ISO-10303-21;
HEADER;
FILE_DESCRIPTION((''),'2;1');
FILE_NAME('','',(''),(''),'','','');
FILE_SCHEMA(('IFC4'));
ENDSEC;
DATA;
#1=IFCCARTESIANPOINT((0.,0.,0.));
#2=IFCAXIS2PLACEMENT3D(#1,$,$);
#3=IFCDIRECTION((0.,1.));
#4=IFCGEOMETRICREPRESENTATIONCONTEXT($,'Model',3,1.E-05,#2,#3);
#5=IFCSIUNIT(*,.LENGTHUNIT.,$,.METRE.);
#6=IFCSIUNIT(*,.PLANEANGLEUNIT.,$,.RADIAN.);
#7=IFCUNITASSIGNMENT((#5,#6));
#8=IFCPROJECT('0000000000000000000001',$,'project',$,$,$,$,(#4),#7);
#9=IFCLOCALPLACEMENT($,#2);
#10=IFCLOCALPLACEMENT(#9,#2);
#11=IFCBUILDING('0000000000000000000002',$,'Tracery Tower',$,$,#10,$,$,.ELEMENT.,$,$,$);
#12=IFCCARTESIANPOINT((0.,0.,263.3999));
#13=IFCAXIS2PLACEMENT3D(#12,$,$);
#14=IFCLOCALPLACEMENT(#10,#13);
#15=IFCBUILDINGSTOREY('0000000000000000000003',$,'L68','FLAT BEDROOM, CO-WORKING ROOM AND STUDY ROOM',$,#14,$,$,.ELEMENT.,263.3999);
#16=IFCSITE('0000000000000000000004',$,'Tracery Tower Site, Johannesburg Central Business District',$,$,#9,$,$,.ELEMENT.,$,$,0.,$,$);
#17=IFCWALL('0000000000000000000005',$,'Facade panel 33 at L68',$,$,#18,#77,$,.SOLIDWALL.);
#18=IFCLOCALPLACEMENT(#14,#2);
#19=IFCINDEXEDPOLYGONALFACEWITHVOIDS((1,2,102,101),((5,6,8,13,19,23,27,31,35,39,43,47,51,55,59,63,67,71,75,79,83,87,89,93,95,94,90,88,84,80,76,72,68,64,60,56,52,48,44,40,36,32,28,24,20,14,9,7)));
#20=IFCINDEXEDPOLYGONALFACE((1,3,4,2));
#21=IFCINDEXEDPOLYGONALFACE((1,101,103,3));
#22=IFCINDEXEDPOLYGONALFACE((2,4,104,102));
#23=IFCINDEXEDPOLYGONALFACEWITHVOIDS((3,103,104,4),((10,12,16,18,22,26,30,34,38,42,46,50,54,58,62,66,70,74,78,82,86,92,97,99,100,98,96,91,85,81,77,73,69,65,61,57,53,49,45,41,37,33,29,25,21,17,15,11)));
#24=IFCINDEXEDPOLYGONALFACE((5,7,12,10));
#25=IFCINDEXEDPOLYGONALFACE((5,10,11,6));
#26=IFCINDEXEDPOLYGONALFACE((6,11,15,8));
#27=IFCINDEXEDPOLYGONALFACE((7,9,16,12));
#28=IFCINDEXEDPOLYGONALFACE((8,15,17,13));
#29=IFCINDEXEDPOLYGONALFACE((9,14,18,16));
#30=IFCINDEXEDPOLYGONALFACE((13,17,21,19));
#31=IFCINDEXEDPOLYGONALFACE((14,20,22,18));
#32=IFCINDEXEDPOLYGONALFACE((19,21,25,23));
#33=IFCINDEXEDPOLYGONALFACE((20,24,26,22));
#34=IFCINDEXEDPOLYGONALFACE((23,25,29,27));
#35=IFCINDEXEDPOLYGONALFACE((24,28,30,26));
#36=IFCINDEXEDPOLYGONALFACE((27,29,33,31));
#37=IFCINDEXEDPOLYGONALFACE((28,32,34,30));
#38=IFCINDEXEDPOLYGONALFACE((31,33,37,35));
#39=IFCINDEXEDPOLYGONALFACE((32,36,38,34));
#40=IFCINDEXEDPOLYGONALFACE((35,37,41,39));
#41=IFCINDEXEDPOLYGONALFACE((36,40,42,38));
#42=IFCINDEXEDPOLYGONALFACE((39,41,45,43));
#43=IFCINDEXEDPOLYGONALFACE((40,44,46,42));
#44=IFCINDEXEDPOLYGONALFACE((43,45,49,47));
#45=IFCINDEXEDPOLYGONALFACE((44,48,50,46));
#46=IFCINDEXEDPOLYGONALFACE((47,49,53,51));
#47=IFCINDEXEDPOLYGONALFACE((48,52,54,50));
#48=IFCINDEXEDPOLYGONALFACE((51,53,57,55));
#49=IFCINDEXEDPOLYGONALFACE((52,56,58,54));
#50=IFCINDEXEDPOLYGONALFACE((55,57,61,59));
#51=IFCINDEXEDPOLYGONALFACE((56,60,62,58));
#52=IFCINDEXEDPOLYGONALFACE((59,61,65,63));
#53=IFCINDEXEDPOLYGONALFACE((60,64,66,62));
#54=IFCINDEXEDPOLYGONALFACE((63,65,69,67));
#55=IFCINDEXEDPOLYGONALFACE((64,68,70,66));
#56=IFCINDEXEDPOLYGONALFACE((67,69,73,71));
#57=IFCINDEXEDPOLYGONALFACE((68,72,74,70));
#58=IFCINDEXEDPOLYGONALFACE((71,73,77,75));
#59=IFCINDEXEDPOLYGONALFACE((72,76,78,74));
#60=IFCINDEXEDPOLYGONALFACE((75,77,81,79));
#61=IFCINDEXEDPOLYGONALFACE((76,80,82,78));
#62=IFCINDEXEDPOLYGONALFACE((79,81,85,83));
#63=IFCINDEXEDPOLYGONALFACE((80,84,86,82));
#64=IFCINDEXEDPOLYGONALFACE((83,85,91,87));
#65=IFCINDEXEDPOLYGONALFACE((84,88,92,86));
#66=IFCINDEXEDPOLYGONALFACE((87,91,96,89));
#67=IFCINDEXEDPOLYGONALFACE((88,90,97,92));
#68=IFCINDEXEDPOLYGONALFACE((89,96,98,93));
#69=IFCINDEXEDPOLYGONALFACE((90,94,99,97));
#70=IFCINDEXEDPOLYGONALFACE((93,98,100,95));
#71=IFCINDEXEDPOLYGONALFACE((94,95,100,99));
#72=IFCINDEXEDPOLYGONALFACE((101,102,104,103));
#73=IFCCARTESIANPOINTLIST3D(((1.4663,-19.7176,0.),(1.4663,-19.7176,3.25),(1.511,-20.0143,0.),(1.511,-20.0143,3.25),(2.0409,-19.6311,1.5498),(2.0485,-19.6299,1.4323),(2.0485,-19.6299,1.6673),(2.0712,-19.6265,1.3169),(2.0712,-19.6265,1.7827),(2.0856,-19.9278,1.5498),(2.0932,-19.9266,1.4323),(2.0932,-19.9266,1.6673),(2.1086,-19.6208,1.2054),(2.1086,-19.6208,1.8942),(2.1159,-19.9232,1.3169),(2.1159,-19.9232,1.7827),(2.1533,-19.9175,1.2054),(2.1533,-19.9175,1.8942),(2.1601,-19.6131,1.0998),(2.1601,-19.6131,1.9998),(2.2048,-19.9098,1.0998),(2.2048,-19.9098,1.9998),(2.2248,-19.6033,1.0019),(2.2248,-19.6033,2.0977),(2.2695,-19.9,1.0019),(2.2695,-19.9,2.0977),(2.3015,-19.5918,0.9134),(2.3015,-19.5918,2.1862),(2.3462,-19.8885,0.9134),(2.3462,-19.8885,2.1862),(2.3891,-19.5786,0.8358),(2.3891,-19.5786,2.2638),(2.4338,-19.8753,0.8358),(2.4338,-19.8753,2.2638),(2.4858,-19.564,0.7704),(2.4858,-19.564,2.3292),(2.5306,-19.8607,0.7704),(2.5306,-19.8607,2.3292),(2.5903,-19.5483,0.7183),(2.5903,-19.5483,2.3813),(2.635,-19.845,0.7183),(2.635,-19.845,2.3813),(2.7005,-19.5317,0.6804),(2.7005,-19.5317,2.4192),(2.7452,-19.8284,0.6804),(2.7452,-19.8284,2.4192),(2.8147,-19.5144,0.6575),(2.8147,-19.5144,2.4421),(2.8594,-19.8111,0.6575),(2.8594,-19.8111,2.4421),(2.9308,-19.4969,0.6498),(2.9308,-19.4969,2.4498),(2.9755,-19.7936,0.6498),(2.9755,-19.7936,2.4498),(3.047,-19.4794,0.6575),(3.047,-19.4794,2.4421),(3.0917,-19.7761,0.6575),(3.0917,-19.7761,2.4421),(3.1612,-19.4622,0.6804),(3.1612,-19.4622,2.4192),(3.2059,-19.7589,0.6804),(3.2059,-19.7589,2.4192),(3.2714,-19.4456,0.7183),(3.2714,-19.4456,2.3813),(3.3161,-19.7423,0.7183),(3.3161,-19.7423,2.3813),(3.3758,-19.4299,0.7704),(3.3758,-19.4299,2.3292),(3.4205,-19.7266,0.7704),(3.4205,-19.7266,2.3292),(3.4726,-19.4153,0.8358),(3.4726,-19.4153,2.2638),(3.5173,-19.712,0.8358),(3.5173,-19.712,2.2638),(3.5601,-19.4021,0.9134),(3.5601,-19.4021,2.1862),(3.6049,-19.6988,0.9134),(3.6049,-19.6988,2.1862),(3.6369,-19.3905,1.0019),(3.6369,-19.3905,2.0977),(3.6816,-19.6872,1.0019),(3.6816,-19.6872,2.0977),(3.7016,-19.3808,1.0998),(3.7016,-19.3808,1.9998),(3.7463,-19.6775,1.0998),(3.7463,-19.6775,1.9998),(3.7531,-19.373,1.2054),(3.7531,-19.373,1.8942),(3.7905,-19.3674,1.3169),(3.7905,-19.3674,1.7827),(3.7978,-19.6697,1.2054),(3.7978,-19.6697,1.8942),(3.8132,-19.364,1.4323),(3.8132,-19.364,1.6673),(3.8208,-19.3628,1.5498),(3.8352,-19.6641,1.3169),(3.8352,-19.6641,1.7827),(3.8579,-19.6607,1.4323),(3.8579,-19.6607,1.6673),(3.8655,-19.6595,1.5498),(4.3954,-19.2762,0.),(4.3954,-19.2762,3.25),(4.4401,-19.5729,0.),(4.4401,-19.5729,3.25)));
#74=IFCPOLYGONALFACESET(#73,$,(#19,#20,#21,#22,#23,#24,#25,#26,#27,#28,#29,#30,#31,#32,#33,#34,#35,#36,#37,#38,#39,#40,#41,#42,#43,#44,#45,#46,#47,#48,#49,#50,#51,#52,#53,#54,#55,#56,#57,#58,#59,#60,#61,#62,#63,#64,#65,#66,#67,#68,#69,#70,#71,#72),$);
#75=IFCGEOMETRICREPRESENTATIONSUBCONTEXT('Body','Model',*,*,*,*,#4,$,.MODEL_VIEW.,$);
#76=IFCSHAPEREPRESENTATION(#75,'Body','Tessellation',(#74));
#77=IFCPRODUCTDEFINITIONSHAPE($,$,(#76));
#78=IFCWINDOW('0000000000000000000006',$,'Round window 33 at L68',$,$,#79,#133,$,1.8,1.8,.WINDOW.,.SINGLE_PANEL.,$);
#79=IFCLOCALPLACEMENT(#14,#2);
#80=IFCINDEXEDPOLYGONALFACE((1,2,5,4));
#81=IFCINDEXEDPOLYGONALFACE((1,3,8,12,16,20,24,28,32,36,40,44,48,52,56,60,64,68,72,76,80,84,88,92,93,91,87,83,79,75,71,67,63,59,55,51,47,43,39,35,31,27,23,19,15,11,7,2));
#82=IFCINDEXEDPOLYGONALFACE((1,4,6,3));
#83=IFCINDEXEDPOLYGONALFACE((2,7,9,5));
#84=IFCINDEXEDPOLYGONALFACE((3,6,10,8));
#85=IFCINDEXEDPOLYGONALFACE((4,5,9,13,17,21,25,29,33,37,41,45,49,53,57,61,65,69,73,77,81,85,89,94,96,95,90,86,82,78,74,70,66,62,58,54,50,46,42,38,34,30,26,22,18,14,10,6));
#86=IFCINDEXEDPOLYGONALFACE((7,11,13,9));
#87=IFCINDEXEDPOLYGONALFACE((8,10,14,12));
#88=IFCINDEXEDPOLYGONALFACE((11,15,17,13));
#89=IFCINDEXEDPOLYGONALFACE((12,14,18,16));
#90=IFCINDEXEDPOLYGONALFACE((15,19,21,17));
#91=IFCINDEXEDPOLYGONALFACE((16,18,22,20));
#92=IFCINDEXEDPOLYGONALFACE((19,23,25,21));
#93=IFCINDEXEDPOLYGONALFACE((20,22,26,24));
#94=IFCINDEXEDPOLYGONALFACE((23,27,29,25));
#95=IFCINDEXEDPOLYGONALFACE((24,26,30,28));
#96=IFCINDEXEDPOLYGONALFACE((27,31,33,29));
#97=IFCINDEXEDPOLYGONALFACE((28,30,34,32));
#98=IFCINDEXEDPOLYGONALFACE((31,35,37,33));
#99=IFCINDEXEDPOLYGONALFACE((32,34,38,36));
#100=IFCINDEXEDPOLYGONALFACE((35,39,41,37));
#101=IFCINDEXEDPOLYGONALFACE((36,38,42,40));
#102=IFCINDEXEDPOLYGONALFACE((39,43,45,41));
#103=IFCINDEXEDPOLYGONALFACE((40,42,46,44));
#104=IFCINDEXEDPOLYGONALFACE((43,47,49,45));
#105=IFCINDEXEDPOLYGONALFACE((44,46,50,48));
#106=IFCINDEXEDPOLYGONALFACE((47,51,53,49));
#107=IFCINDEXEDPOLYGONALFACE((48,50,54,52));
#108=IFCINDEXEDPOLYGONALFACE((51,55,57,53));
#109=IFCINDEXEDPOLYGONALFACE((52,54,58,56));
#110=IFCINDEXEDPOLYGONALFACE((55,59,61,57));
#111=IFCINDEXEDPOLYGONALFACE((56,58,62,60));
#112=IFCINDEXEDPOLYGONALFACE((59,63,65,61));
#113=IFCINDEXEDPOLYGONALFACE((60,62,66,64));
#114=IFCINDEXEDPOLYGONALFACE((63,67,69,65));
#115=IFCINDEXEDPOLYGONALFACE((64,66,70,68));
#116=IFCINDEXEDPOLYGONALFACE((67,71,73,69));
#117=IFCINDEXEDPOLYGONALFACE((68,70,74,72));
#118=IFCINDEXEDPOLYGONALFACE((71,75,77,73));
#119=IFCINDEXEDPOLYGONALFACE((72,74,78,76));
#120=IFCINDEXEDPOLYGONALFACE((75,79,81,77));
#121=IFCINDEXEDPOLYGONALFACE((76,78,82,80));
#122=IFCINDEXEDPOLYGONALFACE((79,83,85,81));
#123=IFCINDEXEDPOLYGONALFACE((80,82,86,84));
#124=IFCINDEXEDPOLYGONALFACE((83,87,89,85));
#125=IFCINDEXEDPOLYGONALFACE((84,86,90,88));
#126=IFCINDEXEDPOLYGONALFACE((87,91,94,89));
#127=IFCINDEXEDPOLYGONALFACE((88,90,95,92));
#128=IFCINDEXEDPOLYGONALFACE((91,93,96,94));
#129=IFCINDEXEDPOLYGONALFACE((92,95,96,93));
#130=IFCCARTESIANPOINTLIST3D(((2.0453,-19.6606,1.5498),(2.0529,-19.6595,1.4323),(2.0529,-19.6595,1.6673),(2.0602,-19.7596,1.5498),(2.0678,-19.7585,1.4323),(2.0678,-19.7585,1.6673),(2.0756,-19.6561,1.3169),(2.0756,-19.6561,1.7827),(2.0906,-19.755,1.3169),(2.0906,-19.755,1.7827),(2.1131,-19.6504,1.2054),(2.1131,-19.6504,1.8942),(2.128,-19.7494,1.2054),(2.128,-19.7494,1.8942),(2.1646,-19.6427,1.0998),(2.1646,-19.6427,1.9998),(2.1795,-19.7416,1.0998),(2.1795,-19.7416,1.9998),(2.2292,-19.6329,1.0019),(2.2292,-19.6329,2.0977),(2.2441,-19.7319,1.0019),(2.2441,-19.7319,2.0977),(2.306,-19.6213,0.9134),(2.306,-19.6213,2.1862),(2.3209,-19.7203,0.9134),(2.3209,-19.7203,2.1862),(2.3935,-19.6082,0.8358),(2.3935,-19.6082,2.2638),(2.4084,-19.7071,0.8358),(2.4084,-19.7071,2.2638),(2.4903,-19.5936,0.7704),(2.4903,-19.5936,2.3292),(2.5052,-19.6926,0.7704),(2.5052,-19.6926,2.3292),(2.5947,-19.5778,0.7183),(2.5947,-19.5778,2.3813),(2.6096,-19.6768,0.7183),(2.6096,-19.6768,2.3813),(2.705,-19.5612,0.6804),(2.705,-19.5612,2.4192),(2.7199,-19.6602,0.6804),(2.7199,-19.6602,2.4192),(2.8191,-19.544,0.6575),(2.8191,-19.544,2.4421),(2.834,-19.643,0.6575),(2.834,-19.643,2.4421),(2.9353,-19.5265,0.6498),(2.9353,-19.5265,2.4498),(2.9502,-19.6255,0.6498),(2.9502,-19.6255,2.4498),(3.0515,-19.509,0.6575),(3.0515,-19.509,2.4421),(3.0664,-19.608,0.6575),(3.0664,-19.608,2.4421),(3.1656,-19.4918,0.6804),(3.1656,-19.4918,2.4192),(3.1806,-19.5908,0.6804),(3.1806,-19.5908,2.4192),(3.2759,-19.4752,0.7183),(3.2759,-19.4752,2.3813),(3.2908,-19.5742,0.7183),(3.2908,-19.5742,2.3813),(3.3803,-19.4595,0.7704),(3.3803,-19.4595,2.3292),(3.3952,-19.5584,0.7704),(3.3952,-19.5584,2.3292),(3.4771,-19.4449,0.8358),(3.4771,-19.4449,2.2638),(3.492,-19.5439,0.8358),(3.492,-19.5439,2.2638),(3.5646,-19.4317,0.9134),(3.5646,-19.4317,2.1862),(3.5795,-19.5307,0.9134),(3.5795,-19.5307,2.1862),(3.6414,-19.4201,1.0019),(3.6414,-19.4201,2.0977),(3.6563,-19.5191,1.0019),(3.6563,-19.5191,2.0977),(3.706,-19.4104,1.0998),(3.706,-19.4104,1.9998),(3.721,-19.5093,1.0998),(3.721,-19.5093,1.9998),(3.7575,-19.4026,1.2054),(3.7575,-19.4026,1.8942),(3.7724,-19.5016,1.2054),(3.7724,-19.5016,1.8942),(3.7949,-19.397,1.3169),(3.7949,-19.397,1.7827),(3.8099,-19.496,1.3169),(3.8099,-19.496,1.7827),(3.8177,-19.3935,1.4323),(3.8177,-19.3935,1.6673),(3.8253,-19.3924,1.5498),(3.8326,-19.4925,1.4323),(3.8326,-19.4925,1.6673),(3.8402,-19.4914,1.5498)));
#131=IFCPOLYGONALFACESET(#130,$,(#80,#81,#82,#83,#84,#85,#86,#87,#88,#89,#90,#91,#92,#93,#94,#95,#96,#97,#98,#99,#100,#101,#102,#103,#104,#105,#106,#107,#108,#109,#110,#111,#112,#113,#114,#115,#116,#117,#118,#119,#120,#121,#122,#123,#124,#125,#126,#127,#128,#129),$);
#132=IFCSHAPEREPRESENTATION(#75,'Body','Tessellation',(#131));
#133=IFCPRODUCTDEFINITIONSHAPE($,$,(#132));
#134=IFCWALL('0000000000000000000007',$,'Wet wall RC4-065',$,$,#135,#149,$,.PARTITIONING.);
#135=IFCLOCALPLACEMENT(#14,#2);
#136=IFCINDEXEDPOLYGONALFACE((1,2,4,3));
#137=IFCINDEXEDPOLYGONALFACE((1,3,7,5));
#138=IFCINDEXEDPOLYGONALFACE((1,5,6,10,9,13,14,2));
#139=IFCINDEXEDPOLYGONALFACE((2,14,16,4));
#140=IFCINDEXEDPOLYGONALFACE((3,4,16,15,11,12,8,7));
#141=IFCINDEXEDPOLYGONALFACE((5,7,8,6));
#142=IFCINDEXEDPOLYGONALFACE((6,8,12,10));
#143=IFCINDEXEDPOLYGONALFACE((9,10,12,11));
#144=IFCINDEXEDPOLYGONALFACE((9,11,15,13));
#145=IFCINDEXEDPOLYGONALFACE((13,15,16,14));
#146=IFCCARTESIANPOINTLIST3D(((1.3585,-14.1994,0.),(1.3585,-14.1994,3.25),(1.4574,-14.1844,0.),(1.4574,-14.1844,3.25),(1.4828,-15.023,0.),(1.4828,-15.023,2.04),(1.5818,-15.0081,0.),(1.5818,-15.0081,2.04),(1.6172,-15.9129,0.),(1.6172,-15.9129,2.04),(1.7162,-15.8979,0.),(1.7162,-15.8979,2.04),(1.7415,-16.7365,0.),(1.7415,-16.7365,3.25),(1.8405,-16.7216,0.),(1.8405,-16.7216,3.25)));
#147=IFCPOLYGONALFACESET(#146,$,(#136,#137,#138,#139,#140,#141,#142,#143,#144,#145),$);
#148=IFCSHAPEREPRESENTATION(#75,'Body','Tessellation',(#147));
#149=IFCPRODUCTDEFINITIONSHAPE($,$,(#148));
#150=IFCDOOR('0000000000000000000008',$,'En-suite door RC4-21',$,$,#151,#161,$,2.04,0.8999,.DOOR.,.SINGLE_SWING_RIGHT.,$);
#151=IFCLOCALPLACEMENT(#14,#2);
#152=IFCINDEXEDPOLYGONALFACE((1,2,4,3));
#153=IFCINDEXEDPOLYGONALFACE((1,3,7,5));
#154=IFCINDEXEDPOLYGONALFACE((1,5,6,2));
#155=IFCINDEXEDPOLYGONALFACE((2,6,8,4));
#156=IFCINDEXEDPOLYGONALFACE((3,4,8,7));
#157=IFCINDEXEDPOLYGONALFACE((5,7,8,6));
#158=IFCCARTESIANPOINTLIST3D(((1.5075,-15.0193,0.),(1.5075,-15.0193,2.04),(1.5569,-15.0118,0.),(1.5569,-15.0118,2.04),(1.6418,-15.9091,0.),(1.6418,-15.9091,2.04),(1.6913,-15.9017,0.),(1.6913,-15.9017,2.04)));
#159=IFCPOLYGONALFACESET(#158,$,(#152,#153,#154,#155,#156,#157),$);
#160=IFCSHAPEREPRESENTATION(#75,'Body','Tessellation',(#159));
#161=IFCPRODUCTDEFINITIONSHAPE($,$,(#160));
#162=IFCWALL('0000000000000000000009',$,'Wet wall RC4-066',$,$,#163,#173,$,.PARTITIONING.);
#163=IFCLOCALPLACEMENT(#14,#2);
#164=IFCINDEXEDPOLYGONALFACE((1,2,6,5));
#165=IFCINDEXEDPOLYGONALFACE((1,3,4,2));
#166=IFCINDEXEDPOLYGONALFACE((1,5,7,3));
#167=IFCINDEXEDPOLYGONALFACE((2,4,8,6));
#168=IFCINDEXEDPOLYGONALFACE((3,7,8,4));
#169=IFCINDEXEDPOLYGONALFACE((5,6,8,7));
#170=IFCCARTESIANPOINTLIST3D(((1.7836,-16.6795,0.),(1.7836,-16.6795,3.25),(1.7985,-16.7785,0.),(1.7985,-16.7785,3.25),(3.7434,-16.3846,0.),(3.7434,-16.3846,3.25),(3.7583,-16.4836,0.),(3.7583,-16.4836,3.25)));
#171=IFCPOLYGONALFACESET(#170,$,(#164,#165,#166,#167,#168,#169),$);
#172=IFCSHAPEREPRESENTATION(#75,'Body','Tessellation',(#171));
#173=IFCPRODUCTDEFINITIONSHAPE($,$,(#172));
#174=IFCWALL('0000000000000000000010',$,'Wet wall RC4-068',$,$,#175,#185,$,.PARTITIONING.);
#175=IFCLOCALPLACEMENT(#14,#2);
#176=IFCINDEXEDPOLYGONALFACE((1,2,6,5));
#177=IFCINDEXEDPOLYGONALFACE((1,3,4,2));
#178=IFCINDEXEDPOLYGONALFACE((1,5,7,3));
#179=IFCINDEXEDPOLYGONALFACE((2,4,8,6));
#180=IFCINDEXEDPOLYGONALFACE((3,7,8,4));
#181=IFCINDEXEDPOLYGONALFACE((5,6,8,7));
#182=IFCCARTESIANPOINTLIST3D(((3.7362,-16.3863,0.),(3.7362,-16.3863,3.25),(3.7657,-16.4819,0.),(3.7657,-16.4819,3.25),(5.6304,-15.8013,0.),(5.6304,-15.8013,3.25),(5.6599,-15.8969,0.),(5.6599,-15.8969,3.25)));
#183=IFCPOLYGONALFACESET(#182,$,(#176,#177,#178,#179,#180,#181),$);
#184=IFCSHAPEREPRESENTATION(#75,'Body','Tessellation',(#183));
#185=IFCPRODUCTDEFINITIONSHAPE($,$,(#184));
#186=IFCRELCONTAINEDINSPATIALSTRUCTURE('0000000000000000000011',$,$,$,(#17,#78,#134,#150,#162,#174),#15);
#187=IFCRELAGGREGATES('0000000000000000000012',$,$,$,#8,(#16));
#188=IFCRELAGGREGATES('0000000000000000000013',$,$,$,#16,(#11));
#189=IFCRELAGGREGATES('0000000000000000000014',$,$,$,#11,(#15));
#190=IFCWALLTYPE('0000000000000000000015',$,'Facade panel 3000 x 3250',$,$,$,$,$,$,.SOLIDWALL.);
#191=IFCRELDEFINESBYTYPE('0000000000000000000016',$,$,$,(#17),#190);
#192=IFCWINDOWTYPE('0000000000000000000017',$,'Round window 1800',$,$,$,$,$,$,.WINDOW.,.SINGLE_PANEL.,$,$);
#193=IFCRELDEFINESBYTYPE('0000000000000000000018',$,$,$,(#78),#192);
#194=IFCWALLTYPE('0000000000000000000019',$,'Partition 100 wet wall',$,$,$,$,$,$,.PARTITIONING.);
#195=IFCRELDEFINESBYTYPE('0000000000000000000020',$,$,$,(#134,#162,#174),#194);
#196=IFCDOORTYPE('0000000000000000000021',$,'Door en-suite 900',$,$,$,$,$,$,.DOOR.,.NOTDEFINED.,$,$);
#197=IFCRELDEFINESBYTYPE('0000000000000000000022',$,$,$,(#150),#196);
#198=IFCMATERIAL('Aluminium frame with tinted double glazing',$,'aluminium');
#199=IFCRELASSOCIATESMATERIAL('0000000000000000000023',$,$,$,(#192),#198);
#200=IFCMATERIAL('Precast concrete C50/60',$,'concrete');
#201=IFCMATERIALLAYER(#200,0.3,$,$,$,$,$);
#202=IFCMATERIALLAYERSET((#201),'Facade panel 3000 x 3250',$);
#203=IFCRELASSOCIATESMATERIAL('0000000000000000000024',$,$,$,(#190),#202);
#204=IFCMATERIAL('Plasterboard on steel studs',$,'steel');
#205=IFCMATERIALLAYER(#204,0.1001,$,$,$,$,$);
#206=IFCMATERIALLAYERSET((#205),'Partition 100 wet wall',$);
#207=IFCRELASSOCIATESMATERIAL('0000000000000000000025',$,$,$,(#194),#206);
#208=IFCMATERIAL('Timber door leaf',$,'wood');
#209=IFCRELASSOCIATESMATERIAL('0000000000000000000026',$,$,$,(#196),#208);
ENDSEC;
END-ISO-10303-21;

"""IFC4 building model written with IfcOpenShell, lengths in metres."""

from ifc_helpers import new_model, si_unit, direction, frame, frame_2d, origin, origin_2d, place, context, subcontext, project, spatial, rectangle, circle, extrude, material, layer, layer_set, type_object, element, fill, save


model = new_model("IFC4")

# Units and contexts
model_context = context("Model", 3, precision=1e-05, world=origin(), true_north=direction((0.0, 1.0)))
body_context = subcontext(model_context, "Body", "Model", "MODEL_VIEW")
ifc_project = project(units=[si_unit("LENGTHUNIT", "METRE"), si_unit("PLANEANGLEUNIT", "RADIAN")], contexts=[model_context])

# Site, building, storey
site_placement = place(None, origin())
site = spatial("IfcSite", under=ifc_project, at=site_placement, Name="Tracery Tower Site, Johannesburg Central Business District", CompositionType="ELEMENT", RefElevation=0.0)
building_placement = place(site_placement, origin())
building = spatial("IfcBuilding", under=site, at=building_placement, Name="Tracery Tower", CompositionType="ELEMENT")
storey_placement = place(building_placement, frame((0.0, 0.0, 263.3999)))
storey = spatial("IfcBuildingStorey", under=building, at=storey_placement, Name="L68", Description="FLAT BEDROOM, CO-WORKING ROOM AND STUDY ROOM", CompositionType="ELEMENT", Elevation=263.3999)

# Wall, opening, window
ifc_material_1 = material(Name="Aluminium frame with tinted double glazing", Category="aluminium")
window_type = type_object("IfcWindowType", Name="Round window 1800", PartitioningType="SINGLE_PANEL", PredefinedType="WINDOW", material=ifc_material_1)
ifc_material_2 = material(Name="Precast concrete C50/60", Category="concrete")
ifc_layer_1 = layer(ifc_material_2, 0.3)
ifc_layer_set_1 = layer_set([ifc_layer_1], Name="Facade panel 3000 x 3250")
wall_type_1 = type_object("IfcWallType", Name="Facade panel 3000 x 3250", PredefinedType="SOLIDWALL", material=ifc_layer_set_1)
wall_1_placement = place(storey_placement, frame((1.4888, -19.866, 0.0), z_axis=(0.0, 0.0, 1.0), x_axis=(0.988836, 0.149009, 0.0)))
wall_1 = element("IfcWall", 1, at=wall_1_placement, inside=storey, type_object=wall_type_1, Name="Facade panel 33 at L68", PredefinedType="SOLIDWALL", context=body_context, shape_type="SweptSolid", body=[
    extrude(rectangle(XDim=2.9622, YDim=0.3, at=frame_2d((1.481, 0.0))), origin(), (0.0, 0.0, 1.0), 3.25),
])
opening_1_placement = place(wall_1_placement, frame((1.481, 0.0, 1.5498)))
opening_1 = element("IfcOpeningElement", 2, at=opening_1_placement, cuts=wall_1, PredefinedType="OPENING", context=body_context, shape_type="SweptSolid", body=[
    extrude(circle(Radius=0.9, at=origin_2d()), frame((0.0, 0.1599, 0.0), z_axis=(0.0, -1.0, 0.0), x_axis=(1.0, 0.0, 0.0)), (0.0, 0.0, 1.0), 0.3201),
])
window_1_placement = place(opening_1_placement, origin())
window_1 = element("IfcWindow", 3, at=window_1_placement, inside=storey, type_object=window_type, Name="Round window 33 at L68", OverallHeight=1.8, OverallWidth=1.8, PartitioningType="SINGLE_PANEL", PredefinedType="WINDOW", context=body_context, shape_type="SweptSolid", body=[
    extrude(circle(Radius=0.9, at=origin_2d()), frame((0.0, 0.1201, 0.0), z_axis=(0.0, -1.0, 0.0), x_axis=(1.0, 0.0, 0.0)), (0.0, 0.0, 1.0), 0.1001),
])
fill(opening_1, window_1)

# Wall, opening, door
ifc_material_3 = material(Name="Plasterboard on steel studs", Category="steel")
ifc_layer_2 = layer(ifc_material_3, 0.1001)
ifc_layer_set_2 = layer_set([ifc_layer_2], Name="Partition 100 wet wall")
wall_type_2 = type_object("IfcWallType", Name="Partition 100 wet wall", PredefinedType="PARTITIONING", material=ifc_layer_set_2)
wall_2_placement = place(storey_placement, frame((1.408, -14.1919, 0.0), z_axis=(0.0, 0.0, 1.0), x_axis=(0.14929, -0.988794, 0.0)))
wall_2 = element("IfcWall", 4, at=wall_2_placement, inside=storey, type_object=wall_type_2, Name="Wet wall RC4-065", PredefinedType="PARTITIONING", context=body_context, shape_type="SweptSolid", body=[
    extrude(rectangle(XDim=2.5659, YDim=0.1001, at=frame_2d((1.283, 0.0))), origin(), (0.0, 0.0, 1.0), 3.25),
])
opening_2_placement = place(wall_2_placement, frame((0.833, 0.0, 0.0)))
opening_2 = element("IfcOpeningElement", 5, at=opening_2_placement, cuts=wall_2, PredefinedType="OPENING", context=body_context, shape_type="SweptSolid", body=[
    extrude(rectangle(XDim=0.8999, YDim=2.04, at=frame_2d((0.45, 1.02))), frame((0.0, 0.05, 0.0), z_axis=(0.0, -1.0, 0.0), x_axis=(1.0, 0.0, 0.0)), (0.0, 0.0, 1.0), 0.1001),
])
ifc_material_4 = material(Name="Timber door leaf", Category="wood")
door_type_1 = type_object("IfcDoorType", Name="Door en-suite 900", OperationType="NOTDEFINED", PredefinedType="DOOR", material=ifc_material_4)
door_1_placement = place(opening_2_placement, origin())
door_1 = element("IfcDoor", 6, at=door_1_placement, inside=storey, type_object=door_type_1, Name="En-suite door RC4-21", OperationType="SINGLE_SWING_RIGHT", OverallHeight=2.04, OverallWidth=0.8999, PredefinedType="DOOR", context=body_context, shape_type="SweptSolid", body=[
    extrude(rectangle(XDim=0.8999, YDim=2.04, at=frame_2d((0.45, 1.02))), frame((0.0, 0.0249, 0.0), z_axis=(0.0, -1.0, 0.0), x_axis=(1.0, 0.0, 0.0)), (0.0, 0.0, 1.0), 0.05),
])
fill(opening_2, door_1)

# Walls
wall_3_placement = place(storey_placement, frame((1.791, -16.729, 0.0), z_axis=(0.0, 0.0, 1.0), x_axis=(0.988868, 0.148798, 0.0)))
element("IfcWall", 7, at=wall_3_placement, inside=storey, type_object=wall_type_2, Name="Wet wall RC4-066", PredefinedType="PARTITIONING", context=body_context, shape_type="SweptSolid", body=[
    extrude(rectangle(XDim=1.9819, YDim=0.1001, at=frame_2d((0.991, 0.0))), origin(), (0.0, 0.0, 1.0), 3.25),
])
wall_4_placement = place(storey_placement, frame((3.751, -16.4341, 0.0), z_axis=(0.0, 0.0, 1.0), x_axis=(0.95547, 0.29509, 0.0)))
element("IfcWall", 8, at=wall_4_placement, inside=storey, type_object=wall_type_2, Name="Wet wall RC4-068", PredefinedType="PARTITIONING", context=body_context, shape_type="SweptSolid", body=[
    extrude(rectangle(XDim=1.9824, YDim=0.1001, at=frame_2d((0.9912, 0.0))), origin(), (0.0, 0.0, 1.0), 3.25),
])

save(model, "model.ifc")
